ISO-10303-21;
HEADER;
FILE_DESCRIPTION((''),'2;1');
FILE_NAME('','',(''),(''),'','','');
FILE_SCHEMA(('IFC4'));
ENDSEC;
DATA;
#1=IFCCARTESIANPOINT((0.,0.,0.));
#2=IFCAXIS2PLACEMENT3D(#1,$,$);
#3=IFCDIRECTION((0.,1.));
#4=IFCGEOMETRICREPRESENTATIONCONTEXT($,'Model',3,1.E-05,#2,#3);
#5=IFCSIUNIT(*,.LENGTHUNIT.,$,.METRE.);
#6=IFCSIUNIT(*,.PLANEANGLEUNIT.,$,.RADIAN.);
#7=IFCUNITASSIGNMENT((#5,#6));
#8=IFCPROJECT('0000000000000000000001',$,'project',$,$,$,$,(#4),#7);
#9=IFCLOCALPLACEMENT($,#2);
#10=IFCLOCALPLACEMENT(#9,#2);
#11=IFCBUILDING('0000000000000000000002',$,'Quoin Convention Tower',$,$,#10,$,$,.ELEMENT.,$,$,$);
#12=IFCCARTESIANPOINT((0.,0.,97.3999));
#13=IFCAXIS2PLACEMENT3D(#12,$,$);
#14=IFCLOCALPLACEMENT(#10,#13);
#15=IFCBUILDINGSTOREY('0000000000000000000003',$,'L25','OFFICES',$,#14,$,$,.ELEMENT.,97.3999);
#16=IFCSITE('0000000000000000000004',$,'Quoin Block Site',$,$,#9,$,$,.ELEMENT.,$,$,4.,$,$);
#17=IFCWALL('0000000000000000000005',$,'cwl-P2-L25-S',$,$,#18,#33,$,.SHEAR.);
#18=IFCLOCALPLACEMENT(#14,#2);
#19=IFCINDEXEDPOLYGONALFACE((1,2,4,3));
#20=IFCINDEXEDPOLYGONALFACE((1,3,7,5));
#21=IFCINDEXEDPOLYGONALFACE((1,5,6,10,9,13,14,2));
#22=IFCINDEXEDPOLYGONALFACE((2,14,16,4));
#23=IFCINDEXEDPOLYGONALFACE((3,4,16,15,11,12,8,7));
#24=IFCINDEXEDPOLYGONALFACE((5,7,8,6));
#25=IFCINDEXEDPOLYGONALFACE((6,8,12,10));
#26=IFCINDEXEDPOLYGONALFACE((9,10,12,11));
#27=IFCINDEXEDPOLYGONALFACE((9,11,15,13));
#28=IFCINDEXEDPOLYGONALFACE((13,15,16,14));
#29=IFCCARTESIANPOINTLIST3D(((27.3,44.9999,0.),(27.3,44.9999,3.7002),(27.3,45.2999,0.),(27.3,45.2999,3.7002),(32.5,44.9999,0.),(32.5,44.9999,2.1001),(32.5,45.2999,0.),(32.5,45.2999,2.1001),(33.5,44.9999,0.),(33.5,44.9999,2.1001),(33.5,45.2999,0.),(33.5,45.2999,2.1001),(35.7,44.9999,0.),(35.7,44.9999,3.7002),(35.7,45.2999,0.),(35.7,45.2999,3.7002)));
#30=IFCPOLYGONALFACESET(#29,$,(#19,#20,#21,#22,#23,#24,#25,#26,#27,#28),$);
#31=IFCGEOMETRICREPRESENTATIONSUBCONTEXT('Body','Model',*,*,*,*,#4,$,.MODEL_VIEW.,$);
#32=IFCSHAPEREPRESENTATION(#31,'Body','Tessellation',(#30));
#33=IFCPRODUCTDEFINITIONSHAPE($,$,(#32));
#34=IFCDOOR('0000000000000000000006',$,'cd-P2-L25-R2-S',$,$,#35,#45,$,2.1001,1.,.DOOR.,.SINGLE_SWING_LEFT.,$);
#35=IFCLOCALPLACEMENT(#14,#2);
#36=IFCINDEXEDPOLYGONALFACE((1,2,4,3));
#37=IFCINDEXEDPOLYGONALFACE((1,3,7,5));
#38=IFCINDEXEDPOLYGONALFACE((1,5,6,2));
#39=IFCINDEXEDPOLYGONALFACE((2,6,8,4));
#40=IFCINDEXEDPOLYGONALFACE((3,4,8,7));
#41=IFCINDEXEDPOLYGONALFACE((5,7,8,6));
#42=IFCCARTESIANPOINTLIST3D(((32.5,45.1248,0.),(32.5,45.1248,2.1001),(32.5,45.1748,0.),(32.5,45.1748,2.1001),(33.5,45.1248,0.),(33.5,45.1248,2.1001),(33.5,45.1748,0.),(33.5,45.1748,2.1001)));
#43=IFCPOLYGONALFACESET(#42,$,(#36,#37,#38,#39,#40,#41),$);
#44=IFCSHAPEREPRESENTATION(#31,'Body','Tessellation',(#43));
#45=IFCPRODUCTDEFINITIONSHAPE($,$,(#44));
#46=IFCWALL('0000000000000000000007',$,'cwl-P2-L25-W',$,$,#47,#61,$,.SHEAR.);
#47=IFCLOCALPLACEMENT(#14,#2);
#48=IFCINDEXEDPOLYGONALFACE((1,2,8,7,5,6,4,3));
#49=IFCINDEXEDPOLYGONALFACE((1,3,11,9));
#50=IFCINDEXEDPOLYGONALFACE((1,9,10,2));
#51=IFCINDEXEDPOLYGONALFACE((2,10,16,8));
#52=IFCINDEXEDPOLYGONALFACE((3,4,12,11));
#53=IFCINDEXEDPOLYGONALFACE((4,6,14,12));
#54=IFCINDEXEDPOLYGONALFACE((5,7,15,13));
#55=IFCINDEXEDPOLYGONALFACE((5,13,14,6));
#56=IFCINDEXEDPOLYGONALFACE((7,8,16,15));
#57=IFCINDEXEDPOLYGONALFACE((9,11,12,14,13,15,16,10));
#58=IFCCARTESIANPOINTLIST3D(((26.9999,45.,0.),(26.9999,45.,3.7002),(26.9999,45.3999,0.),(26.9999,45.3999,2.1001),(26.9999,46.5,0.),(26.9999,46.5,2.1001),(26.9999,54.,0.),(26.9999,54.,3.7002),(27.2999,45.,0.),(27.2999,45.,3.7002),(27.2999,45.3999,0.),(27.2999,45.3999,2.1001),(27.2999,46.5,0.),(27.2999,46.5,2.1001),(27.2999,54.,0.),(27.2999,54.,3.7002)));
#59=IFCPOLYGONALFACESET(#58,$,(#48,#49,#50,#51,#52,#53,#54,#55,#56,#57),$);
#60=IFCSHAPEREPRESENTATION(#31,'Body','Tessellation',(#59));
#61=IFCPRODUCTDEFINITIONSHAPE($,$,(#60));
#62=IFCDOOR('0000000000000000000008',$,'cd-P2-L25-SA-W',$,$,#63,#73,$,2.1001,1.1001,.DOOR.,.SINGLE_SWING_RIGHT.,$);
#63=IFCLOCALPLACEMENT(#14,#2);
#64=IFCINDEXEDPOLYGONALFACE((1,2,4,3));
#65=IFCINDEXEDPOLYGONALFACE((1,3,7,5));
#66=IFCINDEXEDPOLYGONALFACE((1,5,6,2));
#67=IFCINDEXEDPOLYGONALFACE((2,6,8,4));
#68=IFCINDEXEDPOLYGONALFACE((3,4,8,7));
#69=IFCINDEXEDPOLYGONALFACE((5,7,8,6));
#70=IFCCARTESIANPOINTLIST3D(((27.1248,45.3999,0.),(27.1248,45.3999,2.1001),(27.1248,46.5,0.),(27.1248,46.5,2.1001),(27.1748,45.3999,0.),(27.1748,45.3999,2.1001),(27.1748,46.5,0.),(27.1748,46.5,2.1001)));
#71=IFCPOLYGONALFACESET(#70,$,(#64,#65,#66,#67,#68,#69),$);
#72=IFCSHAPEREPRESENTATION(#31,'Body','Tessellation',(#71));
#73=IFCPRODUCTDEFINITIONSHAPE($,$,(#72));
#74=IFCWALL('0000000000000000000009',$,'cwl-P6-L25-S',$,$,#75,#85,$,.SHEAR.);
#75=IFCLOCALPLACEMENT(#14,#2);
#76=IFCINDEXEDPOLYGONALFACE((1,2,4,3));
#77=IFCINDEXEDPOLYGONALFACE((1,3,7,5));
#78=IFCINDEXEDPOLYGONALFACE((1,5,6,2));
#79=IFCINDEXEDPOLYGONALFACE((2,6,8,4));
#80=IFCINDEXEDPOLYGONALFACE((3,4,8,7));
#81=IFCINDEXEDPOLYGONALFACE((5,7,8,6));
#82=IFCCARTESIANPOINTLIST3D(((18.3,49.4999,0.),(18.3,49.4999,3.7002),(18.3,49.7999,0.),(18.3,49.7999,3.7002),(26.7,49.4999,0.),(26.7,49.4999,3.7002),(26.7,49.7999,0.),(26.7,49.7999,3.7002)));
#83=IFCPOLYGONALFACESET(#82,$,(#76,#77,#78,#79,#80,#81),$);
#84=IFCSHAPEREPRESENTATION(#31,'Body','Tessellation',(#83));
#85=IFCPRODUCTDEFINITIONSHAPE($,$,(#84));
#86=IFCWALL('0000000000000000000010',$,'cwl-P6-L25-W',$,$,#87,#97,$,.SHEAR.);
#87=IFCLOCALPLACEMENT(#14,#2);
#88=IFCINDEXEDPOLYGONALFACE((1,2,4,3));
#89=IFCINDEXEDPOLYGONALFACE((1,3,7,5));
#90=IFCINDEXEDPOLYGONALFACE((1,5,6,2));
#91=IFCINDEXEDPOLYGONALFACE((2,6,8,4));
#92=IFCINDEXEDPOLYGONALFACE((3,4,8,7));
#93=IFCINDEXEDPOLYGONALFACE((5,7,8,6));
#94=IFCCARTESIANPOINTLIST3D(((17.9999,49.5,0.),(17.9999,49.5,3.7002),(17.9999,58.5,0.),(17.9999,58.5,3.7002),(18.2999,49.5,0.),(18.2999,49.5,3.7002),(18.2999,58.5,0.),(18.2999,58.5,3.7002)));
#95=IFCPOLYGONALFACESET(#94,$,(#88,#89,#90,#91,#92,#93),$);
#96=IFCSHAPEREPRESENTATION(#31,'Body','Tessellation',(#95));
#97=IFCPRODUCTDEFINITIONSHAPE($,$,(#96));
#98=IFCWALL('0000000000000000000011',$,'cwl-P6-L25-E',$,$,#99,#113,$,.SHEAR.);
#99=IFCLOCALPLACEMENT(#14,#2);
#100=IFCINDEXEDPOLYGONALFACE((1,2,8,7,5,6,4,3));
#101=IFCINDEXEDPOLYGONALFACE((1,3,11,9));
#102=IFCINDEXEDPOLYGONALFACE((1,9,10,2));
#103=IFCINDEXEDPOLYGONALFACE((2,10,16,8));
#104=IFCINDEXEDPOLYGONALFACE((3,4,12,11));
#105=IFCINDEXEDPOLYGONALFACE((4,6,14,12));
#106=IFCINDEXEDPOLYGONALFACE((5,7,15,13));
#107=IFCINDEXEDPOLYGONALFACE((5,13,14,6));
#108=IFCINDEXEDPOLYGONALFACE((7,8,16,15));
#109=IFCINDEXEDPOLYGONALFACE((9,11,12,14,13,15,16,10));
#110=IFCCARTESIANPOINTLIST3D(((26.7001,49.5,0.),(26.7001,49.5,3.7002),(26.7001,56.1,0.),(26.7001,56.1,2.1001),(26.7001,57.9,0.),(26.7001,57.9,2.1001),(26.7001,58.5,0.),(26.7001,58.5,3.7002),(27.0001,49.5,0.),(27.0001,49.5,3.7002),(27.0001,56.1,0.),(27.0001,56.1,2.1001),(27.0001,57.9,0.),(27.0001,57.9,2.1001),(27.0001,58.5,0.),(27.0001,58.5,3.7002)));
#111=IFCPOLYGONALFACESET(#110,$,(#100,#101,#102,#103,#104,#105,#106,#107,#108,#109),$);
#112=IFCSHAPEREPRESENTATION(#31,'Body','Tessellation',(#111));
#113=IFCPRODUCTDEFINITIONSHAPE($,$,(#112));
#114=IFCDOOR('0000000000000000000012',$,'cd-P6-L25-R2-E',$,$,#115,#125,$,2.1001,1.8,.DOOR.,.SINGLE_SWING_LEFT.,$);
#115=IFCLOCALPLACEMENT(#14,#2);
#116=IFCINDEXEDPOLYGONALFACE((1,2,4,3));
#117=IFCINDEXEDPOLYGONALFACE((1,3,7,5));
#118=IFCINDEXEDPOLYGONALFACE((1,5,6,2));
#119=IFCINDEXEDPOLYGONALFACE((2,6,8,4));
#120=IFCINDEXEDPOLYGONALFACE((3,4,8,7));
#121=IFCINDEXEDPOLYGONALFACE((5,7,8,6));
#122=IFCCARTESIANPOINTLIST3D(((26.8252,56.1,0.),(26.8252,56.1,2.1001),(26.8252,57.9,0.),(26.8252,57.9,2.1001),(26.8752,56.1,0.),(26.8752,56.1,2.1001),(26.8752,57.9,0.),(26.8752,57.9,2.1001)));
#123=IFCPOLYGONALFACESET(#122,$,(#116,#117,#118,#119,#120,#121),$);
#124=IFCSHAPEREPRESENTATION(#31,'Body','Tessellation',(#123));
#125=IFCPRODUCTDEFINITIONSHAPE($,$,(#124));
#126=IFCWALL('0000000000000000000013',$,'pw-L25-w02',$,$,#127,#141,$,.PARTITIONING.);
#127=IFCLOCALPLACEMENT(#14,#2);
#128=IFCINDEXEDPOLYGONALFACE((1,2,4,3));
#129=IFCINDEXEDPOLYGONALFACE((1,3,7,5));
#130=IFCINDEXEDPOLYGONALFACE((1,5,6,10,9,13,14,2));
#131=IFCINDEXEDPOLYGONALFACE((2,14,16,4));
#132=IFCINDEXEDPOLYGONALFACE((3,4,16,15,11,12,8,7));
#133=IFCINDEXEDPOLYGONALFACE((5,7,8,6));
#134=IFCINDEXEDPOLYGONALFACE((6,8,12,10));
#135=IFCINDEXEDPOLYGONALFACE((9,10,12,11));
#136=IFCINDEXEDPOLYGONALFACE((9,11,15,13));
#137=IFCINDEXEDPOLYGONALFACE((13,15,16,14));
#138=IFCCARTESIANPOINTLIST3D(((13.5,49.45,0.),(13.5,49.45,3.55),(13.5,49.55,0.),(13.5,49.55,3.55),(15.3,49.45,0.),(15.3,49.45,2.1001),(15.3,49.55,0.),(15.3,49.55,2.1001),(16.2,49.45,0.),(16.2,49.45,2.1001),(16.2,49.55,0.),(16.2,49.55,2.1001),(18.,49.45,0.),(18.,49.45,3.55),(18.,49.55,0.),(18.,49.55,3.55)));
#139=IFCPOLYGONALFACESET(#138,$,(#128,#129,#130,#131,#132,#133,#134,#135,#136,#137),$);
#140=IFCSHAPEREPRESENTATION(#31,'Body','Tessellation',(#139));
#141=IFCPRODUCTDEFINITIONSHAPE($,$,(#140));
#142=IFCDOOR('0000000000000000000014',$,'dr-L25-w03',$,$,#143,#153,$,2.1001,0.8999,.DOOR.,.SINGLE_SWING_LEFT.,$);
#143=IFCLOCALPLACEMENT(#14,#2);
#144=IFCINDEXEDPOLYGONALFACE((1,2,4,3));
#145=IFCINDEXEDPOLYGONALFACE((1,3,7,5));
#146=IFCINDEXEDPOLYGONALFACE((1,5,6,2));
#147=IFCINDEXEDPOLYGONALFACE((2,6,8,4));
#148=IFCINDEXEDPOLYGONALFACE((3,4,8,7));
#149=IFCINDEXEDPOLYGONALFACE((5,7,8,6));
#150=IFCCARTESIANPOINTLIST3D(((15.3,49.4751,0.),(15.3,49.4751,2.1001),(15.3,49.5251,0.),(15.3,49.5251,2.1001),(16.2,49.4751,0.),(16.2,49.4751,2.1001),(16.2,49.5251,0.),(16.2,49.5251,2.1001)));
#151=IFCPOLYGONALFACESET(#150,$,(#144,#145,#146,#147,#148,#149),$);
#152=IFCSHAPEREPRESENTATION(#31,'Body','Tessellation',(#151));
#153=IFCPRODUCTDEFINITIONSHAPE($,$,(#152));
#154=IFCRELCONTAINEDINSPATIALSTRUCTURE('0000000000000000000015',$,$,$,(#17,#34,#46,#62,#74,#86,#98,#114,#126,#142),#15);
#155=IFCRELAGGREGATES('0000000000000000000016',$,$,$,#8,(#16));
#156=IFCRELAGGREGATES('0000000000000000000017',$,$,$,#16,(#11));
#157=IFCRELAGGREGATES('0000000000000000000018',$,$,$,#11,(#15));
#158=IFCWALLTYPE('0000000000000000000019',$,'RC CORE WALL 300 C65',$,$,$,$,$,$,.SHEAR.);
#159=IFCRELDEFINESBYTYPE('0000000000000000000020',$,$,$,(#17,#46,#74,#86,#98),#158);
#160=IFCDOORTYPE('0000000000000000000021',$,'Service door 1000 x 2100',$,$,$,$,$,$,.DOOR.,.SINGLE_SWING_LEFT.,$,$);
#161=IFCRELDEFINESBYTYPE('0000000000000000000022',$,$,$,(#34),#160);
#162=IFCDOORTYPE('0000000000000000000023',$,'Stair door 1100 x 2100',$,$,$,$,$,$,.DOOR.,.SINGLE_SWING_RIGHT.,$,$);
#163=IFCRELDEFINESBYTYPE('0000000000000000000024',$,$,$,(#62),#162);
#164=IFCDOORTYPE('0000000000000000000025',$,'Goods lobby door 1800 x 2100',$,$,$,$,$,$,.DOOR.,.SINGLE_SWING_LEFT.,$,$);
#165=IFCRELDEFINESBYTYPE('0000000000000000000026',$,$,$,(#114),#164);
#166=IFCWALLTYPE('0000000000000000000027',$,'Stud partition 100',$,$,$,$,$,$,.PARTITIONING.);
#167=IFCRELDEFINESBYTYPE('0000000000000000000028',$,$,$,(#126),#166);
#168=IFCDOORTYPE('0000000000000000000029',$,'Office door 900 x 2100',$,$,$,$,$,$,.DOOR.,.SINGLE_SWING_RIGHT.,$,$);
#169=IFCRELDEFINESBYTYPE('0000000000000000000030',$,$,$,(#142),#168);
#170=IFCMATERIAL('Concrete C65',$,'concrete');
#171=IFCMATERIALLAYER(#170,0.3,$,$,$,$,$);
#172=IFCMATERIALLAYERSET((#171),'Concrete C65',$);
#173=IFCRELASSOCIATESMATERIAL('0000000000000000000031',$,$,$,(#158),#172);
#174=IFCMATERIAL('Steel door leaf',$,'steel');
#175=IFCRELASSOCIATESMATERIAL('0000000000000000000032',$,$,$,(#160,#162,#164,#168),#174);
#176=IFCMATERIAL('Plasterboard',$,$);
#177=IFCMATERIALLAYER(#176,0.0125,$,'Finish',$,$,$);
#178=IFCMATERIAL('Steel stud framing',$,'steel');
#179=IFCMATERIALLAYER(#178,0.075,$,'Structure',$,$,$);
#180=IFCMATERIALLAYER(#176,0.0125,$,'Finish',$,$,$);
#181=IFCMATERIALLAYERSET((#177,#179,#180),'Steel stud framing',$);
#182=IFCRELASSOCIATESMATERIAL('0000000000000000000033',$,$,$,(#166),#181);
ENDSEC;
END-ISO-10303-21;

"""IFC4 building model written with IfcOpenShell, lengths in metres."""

from ifc_helpers import new_model, si_unit, direction, frame, frame_2d, origin, place, context, subcontext, project, spatial, rectangle, extrude, material, layer, layer_set, type_object, element, fill, save


model = new_model("IFC4")

# Units and contexts
model_context = context("Model", 3, precision=1e-05, world=origin(), true_north=direction((0.0, 1.0)))
body_context = subcontext(model_context, "Body", "Model", "MODEL_VIEW")
ifc_project = project(units=[si_unit("LENGTHUNIT", "METRE"), si_unit("PLANEANGLEUNIT", "RADIAN")], contexts=[model_context])

# Site, building, storey
site_placement = place(None, origin())
site = spatial("IfcSite", under=ifc_project, at=site_placement, Name="Quoin Block Site", CompositionType="ELEMENT", RefElevation=4.0)
building_placement = place(site_placement, origin())
building = spatial("IfcBuilding", under=site, at=building_placement, Name="Quoin Convention Tower", CompositionType="ELEMENT")
storey_placement = place(building_placement, frame((0.0, 0.0, 97.3999)))
storey = spatial("IfcBuildingStorey", under=building, at=storey_placement, Name="L25", Description="OFFICES", CompositionType="ELEMENT", Elevation=97.3999)

# Shared definitions
ifc_material_1 = material(Name="Concrete C65", Category="concrete")

# Shared definitions
ifc_material_2 = material(Name="Plasterboard")
ifc_material_3 = material(Name="Steel stud framing", Category="steel")

# Walls, openings, doors
ifc_layer_1 = layer(ifc_material_1, 0.3)
ifc_layer_set_1 = layer_set([ifc_layer_1], Name="Concrete C65")
wall_type_1 = type_object("IfcWallType", Name="RC CORE WALL 300 C65", PredefinedType="SHEAR", material=ifc_layer_set_1)
wall_1_placement = place(storey_placement, frame((27.3, 45.1499, 0.0), z_axis=(0.0, 0.0, 1.0), x_axis=(1.0, 0.0, 0.0)))
wall_1 = element("IfcWall", 1, at=wall_1_placement, inside=storey, type_object=wall_type_1, Name="cwl-P2-L25-S", PredefinedType="SHEAR", context=body_context, shape_type="SweptSolid", body=[
    extrude(rectangle(XDim=8.3999, YDim=0.3, at=frame_2d((4.2, 0.0))), origin(), (0.0, 0.0, 1.0), 3.7002),
])
opening_1_placement = place(wall_1_placement, frame((5.2, 0.0, 0.0)))
opening_1 = element("IfcOpeningElement", 2, at=opening_1_placement, cuts=wall_1, PredefinedType="OPENING", context=body_context, shape_type="SweptSolid", body=[
    extrude(rectangle(XDim=1.0, YDim=2.1001, at=frame_2d((0.5, 1.05))), frame((0.0, 0.1599, 0.0), z_axis=(0.0, -1.0, 0.0), x_axis=(1.0, 0.0, 0.0)), (0.0, 0.0, 1.0), 0.3201),
])
ifc_material_4 = material(Name="Steel door leaf", Category="steel")
door_type_1 = type_object("IfcDoorType", Name="Service door 1000 x 2100", OperationType="SINGLE_SWING_LEFT", PredefinedType="DOOR", material=ifc_material_4)
door_1_placement = place(opening_1_placement, origin())
door_1 = element("IfcDoor", 3, at=door_1_placement, inside=storey, type_object=door_type_1, Name="cd-P2-L25-R2-S", OperationType="SINGLE_SWING_LEFT", OverallHeight=2.1001, OverallWidth=1.0, PredefinedType="DOOR", context=body_context, shape_type="SweptSolid", body=[
    extrude(rectangle(XDim=1.0, YDim=2.1001, at=frame_2d((0.5, 1.05))), frame((0.0, 0.0249, 0.0), z_axis=(0.0, -1.0, 0.0), x_axis=(1.0, 0.0, 0.0)), (0.0, 0.0, 1.0), 0.05),
])
fill(opening_1, door_1)
wall_2_placement = place(storey_placement, frame((27.1499, 45.0, 0.0), z_axis=(0.0, 0.0, 1.0), x_axis=(0.0, 1.0, 0.0)))
wall_2 = element("IfcWall", 4, at=wall_2_placement, inside=storey, type_object=wall_type_1, Name="cwl-P2-L25-W", PredefinedType="SHEAR", context=body_context, shape_type="SweptSolid", body=[
    extrude(rectangle(XDim=9.0, YDim=0.3, at=frame_2d((4.5, 0.0))), origin(), (0.0, 0.0, 1.0), 3.7002),
])
opening_2_placement = place(wall_2_placement, frame((0.3999, 0.0, 0.0)))
opening_2 = element("IfcOpeningElement", 5, at=opening_2_placement, cuts=wall_2, PredefinedType="OPENING", context=body_context, shape_type="SweptSolid", body=[
    extrude(rectangle(XDim=1.1001, YDim=2.1001, at=frame_2d((0.55, 1.05))), frame((0.0, 0.1599, 0.0), z_axis=(0.0, -1.0, 0.0), x_axis=(1.0, 0.0, 0.0)), (0.0, 0.0, 1.0), 0.3201),
])
door_type_2 = type_object("IfcDoorType", Name="Stair door 1100 x 2100", OperationType="SINGLE_SWING_RIGHT", PredefinedType="DOOR", material=ifc_material_4)
door_2_placement = place(opening_2_placement, frame((1.1001, 0.0, 0.0), z_axis=(0.0, 0.0, 1.0), x_axis=(-1.0, 0.0, 0.0)))
door_2 = element("IfcDoor", 6, at=door_2_placement, inside=storey, type_object=door_type_2, Name="cd-P2-L25-SA-W", OperationType="SINGLE_SWING_RIGHT", OverallHeight=2.1001, OverallWidth=1.1001, PredefinedType="DOOR", context=body_context, shape_type="SweptSolid", body=[
    extrude(rectangle(XDim=1.1001, YDim=2.1001, at=frame_2d((0.55, 1.05))), frame((0.0, 0.0249, 0.0), z_axis=(0.0, -1.0, 0.0), x_axis=(1.0, 0.0, 0.0)), (0.0, 0.0, 1.0), 0.05),
])
fill(opening_2, door_2)

# Walls
wall_3_placement = place(storey_placement, frame((18.3, 49.6499, 0.0), z_axis=(0.0, 0.0, 1.0), x_axis=(1.0, 0.0, 0.0)))
element("IfcWall", 7, at=wall_3_placement, inside=storey, type_object=wall_type_1, Name="cwl-P6-L25-S", PredefinedType="SHEAR", context=body_context, shape_type="SweptSolid", body=[
    extrude(rectangle(XDim=8.3999, YDim=0.3, at=frame_2d((4.2, 0.0))), origin(), (0.0, 0.0, 1.0), 3.7002),
])
wall_4_placement = place(storey_placement, frame((18.1499, 49.5, 0.0), z_axis=(0.0, 0.0, 1.0), x_axis=(0.0, 1.0, 0.0)))
element("IfcWall", 8, at=wall_4_placement, inside=storey, type_object=wall_type_1, Name="cwl-P6-L25-W", PredefinedType="SHEAR", context=body_context, shape_type="SweptSolid", body=[
    extrude(rectangle(XDim=9.0, YDim=0.3, at=frame_2d((4.5, 0.0))), origin(), (0.0, 0.0, 1.0), 3.7002),
])

# Walls, openings, doors
wall_5_placement = place(storey_placement, frame((26.8501, 49.5, 0.0), z_axis=(0.0, 0.0, 1.0), x_axis=(0.0, 1.0, 0.0)))
wall_5 = element("IfcWall", 9, at=wall_5_placement, inside=storey, type_object=wall_type_1, Name="cwl-P6-L25-E", PredefinedType="SHEAR", context=body_context, shape_type="SweptSolid", body=[
    extrude(rectangle(XDim=9.0, YDim=0.3, at=frame_2d((4.5, 0.0))), origin(), (0.0, 0.0, 1.0), 3.7002),
])
opening_3_placement = place(wall_5_placement, frame((6.6001, 0.0, 0.0)))
opening_3 = element("IfcOpeningElement", 10, at=opening_3_placement, cuts=wall_5, PredefinedType="OPENING", context=body_context, shape_type="SweptSolid", body=[
    extrude(rectangle(XDim=1.8, YDim=2.1001, at=frame_2d((0.8999, 1.05))), frame((0.0, 0.1599, 0.0), z_axis=(0.0, -1.0, 0.0), x_axis=(1.0, 0.0, 0.0)), (0.0, 0.0, 1.0), 0.3201),
])
door_type_3 = type_object("IfcDoorType", Name="Goods lobby door 1800 x 2100", OperationType="SINGLE_SWING_LEFT", PredefinedType="DOOR", material=ifc_material_4)
door_3_placement = place(opening_3_placement, origin())
door_3 = element("IfcDoor", 11, at=door_3_placement, inside=storey, type_object=door_type_3, Name="cd-P6-L25-R2-E", OperationType="SINGLE_SWING_LEFT", OverallHeight=2.1001, OverallWidth=1.8, PredefinedType="DOOR", context=body_context, shape_type="SweptSolid", body=[
    extrude(rectangle(XDim=1.8, YDim=2.1001, at=frame_2d((0.8999, 1.05))), frame((0.0, 0.0249, 0.0), z_axis=(0.0, -1.0, 0.0), x_axis=(1.0, 0.0, 0.0)), (0.0, 0.0, 1.0), 0.05),
])
fill(opening_3, door_3)
ifc_layer_2 = layer(ifc_material_2, 0.0125, Name="Finish")
ifc_layer_3 = layer(ifc_material_3, 0.075, Name="Structure")
ifc_layer_4 = layer(ifc_material_2, 0.0125, Name="Finish")
ifc_layer_set_2 = layer_set([ifc_layer_2, ifc_layer_3, ifc_layer_4], Name="Steel stud framing")
wall_type_2 = type_object("IfcWallType", Name="Stud partition 100", PredefinedType="PARTITIONING", material=ifc_layer_set_2)
wall_6_placement = place(storey_placement, frame((13.5, 49.5, 0.0), z_axis=(0.0, 0.0, 1.0), x_axis=(1.0, 0.0, 0.0)))
wall_6 = element("IfcWall", 12, at=wall_6_placement, inside=storey, type_object=wall_type_2, Name="pw-L25-w02", PredefinedType="PARTITIONING", context=body_context, shape_type="SweptSolid", body=[
    extrude(rectangle(XDim=4.5, YDim=0.1001, at=frame_2d((2.25, 0.0))), origin(), (0.0, 0.0, 1.0), 3.55),
])
opening_4_placement = place(wall_6_placement, frame((1.8, 0.0, 0.0)))
opening_4 = element("IfcOpeningElement", 13, at=opening_4_placement, cuts=wall_6, PredefinedType="OPENING", context=body_context, shape_type="SweptSolid", body=[
    extrude(rectangle(XDim=0.8999, YDim=2.1001, at=frame_2d((0.45, 1.05))), frame((0.0, 0.0601, 0.0), z_axis=(0.0, -1.0, 0.0), x_axis=(1.0, 0.0, 0.0)), (0.0, 0.0, 1.0), 0.1201),
])
door_type_4 = type_object("IfcDoorType", Name="Office door 900 x 2100", OperationType="SINGLE_SWING_RIGHT", PredefinedType="DOOR", material=ifc_material_4)
door_4_placement = place(opening_4_placement, frame((0.8999, 0.0, 0.0), z_axis=(0.0, 0.0, 1.0), x_axis=(-1.0, 0.0, 0.0)))
door_4 = element("IfcDoor", 14, at=door_4_placement, inside=storey, type_object=door_type_4, Name="dr-L25-w03", OperationType="SINGLE_SWING_LEFT", OverallHeight=2.1001, OverallWidth=0.8999, PredefinedType="DOOR", context=body_context, shape_type="SweptSolid", body=[
    extrude(rectangle(XDim=0.8999, YDim=2.1001, at=frame_2d((0.45, 1.05))), frame((0.0, 0.0249, 0.0), z_axis=(0.0, -1.0, 0.0), x_axis=(1.0, 0.0, 0.0)), (0.0, 0.0, 1.0), 0.05),
])
fill(opening_4, door_4)

save(model, "model.ifc")
